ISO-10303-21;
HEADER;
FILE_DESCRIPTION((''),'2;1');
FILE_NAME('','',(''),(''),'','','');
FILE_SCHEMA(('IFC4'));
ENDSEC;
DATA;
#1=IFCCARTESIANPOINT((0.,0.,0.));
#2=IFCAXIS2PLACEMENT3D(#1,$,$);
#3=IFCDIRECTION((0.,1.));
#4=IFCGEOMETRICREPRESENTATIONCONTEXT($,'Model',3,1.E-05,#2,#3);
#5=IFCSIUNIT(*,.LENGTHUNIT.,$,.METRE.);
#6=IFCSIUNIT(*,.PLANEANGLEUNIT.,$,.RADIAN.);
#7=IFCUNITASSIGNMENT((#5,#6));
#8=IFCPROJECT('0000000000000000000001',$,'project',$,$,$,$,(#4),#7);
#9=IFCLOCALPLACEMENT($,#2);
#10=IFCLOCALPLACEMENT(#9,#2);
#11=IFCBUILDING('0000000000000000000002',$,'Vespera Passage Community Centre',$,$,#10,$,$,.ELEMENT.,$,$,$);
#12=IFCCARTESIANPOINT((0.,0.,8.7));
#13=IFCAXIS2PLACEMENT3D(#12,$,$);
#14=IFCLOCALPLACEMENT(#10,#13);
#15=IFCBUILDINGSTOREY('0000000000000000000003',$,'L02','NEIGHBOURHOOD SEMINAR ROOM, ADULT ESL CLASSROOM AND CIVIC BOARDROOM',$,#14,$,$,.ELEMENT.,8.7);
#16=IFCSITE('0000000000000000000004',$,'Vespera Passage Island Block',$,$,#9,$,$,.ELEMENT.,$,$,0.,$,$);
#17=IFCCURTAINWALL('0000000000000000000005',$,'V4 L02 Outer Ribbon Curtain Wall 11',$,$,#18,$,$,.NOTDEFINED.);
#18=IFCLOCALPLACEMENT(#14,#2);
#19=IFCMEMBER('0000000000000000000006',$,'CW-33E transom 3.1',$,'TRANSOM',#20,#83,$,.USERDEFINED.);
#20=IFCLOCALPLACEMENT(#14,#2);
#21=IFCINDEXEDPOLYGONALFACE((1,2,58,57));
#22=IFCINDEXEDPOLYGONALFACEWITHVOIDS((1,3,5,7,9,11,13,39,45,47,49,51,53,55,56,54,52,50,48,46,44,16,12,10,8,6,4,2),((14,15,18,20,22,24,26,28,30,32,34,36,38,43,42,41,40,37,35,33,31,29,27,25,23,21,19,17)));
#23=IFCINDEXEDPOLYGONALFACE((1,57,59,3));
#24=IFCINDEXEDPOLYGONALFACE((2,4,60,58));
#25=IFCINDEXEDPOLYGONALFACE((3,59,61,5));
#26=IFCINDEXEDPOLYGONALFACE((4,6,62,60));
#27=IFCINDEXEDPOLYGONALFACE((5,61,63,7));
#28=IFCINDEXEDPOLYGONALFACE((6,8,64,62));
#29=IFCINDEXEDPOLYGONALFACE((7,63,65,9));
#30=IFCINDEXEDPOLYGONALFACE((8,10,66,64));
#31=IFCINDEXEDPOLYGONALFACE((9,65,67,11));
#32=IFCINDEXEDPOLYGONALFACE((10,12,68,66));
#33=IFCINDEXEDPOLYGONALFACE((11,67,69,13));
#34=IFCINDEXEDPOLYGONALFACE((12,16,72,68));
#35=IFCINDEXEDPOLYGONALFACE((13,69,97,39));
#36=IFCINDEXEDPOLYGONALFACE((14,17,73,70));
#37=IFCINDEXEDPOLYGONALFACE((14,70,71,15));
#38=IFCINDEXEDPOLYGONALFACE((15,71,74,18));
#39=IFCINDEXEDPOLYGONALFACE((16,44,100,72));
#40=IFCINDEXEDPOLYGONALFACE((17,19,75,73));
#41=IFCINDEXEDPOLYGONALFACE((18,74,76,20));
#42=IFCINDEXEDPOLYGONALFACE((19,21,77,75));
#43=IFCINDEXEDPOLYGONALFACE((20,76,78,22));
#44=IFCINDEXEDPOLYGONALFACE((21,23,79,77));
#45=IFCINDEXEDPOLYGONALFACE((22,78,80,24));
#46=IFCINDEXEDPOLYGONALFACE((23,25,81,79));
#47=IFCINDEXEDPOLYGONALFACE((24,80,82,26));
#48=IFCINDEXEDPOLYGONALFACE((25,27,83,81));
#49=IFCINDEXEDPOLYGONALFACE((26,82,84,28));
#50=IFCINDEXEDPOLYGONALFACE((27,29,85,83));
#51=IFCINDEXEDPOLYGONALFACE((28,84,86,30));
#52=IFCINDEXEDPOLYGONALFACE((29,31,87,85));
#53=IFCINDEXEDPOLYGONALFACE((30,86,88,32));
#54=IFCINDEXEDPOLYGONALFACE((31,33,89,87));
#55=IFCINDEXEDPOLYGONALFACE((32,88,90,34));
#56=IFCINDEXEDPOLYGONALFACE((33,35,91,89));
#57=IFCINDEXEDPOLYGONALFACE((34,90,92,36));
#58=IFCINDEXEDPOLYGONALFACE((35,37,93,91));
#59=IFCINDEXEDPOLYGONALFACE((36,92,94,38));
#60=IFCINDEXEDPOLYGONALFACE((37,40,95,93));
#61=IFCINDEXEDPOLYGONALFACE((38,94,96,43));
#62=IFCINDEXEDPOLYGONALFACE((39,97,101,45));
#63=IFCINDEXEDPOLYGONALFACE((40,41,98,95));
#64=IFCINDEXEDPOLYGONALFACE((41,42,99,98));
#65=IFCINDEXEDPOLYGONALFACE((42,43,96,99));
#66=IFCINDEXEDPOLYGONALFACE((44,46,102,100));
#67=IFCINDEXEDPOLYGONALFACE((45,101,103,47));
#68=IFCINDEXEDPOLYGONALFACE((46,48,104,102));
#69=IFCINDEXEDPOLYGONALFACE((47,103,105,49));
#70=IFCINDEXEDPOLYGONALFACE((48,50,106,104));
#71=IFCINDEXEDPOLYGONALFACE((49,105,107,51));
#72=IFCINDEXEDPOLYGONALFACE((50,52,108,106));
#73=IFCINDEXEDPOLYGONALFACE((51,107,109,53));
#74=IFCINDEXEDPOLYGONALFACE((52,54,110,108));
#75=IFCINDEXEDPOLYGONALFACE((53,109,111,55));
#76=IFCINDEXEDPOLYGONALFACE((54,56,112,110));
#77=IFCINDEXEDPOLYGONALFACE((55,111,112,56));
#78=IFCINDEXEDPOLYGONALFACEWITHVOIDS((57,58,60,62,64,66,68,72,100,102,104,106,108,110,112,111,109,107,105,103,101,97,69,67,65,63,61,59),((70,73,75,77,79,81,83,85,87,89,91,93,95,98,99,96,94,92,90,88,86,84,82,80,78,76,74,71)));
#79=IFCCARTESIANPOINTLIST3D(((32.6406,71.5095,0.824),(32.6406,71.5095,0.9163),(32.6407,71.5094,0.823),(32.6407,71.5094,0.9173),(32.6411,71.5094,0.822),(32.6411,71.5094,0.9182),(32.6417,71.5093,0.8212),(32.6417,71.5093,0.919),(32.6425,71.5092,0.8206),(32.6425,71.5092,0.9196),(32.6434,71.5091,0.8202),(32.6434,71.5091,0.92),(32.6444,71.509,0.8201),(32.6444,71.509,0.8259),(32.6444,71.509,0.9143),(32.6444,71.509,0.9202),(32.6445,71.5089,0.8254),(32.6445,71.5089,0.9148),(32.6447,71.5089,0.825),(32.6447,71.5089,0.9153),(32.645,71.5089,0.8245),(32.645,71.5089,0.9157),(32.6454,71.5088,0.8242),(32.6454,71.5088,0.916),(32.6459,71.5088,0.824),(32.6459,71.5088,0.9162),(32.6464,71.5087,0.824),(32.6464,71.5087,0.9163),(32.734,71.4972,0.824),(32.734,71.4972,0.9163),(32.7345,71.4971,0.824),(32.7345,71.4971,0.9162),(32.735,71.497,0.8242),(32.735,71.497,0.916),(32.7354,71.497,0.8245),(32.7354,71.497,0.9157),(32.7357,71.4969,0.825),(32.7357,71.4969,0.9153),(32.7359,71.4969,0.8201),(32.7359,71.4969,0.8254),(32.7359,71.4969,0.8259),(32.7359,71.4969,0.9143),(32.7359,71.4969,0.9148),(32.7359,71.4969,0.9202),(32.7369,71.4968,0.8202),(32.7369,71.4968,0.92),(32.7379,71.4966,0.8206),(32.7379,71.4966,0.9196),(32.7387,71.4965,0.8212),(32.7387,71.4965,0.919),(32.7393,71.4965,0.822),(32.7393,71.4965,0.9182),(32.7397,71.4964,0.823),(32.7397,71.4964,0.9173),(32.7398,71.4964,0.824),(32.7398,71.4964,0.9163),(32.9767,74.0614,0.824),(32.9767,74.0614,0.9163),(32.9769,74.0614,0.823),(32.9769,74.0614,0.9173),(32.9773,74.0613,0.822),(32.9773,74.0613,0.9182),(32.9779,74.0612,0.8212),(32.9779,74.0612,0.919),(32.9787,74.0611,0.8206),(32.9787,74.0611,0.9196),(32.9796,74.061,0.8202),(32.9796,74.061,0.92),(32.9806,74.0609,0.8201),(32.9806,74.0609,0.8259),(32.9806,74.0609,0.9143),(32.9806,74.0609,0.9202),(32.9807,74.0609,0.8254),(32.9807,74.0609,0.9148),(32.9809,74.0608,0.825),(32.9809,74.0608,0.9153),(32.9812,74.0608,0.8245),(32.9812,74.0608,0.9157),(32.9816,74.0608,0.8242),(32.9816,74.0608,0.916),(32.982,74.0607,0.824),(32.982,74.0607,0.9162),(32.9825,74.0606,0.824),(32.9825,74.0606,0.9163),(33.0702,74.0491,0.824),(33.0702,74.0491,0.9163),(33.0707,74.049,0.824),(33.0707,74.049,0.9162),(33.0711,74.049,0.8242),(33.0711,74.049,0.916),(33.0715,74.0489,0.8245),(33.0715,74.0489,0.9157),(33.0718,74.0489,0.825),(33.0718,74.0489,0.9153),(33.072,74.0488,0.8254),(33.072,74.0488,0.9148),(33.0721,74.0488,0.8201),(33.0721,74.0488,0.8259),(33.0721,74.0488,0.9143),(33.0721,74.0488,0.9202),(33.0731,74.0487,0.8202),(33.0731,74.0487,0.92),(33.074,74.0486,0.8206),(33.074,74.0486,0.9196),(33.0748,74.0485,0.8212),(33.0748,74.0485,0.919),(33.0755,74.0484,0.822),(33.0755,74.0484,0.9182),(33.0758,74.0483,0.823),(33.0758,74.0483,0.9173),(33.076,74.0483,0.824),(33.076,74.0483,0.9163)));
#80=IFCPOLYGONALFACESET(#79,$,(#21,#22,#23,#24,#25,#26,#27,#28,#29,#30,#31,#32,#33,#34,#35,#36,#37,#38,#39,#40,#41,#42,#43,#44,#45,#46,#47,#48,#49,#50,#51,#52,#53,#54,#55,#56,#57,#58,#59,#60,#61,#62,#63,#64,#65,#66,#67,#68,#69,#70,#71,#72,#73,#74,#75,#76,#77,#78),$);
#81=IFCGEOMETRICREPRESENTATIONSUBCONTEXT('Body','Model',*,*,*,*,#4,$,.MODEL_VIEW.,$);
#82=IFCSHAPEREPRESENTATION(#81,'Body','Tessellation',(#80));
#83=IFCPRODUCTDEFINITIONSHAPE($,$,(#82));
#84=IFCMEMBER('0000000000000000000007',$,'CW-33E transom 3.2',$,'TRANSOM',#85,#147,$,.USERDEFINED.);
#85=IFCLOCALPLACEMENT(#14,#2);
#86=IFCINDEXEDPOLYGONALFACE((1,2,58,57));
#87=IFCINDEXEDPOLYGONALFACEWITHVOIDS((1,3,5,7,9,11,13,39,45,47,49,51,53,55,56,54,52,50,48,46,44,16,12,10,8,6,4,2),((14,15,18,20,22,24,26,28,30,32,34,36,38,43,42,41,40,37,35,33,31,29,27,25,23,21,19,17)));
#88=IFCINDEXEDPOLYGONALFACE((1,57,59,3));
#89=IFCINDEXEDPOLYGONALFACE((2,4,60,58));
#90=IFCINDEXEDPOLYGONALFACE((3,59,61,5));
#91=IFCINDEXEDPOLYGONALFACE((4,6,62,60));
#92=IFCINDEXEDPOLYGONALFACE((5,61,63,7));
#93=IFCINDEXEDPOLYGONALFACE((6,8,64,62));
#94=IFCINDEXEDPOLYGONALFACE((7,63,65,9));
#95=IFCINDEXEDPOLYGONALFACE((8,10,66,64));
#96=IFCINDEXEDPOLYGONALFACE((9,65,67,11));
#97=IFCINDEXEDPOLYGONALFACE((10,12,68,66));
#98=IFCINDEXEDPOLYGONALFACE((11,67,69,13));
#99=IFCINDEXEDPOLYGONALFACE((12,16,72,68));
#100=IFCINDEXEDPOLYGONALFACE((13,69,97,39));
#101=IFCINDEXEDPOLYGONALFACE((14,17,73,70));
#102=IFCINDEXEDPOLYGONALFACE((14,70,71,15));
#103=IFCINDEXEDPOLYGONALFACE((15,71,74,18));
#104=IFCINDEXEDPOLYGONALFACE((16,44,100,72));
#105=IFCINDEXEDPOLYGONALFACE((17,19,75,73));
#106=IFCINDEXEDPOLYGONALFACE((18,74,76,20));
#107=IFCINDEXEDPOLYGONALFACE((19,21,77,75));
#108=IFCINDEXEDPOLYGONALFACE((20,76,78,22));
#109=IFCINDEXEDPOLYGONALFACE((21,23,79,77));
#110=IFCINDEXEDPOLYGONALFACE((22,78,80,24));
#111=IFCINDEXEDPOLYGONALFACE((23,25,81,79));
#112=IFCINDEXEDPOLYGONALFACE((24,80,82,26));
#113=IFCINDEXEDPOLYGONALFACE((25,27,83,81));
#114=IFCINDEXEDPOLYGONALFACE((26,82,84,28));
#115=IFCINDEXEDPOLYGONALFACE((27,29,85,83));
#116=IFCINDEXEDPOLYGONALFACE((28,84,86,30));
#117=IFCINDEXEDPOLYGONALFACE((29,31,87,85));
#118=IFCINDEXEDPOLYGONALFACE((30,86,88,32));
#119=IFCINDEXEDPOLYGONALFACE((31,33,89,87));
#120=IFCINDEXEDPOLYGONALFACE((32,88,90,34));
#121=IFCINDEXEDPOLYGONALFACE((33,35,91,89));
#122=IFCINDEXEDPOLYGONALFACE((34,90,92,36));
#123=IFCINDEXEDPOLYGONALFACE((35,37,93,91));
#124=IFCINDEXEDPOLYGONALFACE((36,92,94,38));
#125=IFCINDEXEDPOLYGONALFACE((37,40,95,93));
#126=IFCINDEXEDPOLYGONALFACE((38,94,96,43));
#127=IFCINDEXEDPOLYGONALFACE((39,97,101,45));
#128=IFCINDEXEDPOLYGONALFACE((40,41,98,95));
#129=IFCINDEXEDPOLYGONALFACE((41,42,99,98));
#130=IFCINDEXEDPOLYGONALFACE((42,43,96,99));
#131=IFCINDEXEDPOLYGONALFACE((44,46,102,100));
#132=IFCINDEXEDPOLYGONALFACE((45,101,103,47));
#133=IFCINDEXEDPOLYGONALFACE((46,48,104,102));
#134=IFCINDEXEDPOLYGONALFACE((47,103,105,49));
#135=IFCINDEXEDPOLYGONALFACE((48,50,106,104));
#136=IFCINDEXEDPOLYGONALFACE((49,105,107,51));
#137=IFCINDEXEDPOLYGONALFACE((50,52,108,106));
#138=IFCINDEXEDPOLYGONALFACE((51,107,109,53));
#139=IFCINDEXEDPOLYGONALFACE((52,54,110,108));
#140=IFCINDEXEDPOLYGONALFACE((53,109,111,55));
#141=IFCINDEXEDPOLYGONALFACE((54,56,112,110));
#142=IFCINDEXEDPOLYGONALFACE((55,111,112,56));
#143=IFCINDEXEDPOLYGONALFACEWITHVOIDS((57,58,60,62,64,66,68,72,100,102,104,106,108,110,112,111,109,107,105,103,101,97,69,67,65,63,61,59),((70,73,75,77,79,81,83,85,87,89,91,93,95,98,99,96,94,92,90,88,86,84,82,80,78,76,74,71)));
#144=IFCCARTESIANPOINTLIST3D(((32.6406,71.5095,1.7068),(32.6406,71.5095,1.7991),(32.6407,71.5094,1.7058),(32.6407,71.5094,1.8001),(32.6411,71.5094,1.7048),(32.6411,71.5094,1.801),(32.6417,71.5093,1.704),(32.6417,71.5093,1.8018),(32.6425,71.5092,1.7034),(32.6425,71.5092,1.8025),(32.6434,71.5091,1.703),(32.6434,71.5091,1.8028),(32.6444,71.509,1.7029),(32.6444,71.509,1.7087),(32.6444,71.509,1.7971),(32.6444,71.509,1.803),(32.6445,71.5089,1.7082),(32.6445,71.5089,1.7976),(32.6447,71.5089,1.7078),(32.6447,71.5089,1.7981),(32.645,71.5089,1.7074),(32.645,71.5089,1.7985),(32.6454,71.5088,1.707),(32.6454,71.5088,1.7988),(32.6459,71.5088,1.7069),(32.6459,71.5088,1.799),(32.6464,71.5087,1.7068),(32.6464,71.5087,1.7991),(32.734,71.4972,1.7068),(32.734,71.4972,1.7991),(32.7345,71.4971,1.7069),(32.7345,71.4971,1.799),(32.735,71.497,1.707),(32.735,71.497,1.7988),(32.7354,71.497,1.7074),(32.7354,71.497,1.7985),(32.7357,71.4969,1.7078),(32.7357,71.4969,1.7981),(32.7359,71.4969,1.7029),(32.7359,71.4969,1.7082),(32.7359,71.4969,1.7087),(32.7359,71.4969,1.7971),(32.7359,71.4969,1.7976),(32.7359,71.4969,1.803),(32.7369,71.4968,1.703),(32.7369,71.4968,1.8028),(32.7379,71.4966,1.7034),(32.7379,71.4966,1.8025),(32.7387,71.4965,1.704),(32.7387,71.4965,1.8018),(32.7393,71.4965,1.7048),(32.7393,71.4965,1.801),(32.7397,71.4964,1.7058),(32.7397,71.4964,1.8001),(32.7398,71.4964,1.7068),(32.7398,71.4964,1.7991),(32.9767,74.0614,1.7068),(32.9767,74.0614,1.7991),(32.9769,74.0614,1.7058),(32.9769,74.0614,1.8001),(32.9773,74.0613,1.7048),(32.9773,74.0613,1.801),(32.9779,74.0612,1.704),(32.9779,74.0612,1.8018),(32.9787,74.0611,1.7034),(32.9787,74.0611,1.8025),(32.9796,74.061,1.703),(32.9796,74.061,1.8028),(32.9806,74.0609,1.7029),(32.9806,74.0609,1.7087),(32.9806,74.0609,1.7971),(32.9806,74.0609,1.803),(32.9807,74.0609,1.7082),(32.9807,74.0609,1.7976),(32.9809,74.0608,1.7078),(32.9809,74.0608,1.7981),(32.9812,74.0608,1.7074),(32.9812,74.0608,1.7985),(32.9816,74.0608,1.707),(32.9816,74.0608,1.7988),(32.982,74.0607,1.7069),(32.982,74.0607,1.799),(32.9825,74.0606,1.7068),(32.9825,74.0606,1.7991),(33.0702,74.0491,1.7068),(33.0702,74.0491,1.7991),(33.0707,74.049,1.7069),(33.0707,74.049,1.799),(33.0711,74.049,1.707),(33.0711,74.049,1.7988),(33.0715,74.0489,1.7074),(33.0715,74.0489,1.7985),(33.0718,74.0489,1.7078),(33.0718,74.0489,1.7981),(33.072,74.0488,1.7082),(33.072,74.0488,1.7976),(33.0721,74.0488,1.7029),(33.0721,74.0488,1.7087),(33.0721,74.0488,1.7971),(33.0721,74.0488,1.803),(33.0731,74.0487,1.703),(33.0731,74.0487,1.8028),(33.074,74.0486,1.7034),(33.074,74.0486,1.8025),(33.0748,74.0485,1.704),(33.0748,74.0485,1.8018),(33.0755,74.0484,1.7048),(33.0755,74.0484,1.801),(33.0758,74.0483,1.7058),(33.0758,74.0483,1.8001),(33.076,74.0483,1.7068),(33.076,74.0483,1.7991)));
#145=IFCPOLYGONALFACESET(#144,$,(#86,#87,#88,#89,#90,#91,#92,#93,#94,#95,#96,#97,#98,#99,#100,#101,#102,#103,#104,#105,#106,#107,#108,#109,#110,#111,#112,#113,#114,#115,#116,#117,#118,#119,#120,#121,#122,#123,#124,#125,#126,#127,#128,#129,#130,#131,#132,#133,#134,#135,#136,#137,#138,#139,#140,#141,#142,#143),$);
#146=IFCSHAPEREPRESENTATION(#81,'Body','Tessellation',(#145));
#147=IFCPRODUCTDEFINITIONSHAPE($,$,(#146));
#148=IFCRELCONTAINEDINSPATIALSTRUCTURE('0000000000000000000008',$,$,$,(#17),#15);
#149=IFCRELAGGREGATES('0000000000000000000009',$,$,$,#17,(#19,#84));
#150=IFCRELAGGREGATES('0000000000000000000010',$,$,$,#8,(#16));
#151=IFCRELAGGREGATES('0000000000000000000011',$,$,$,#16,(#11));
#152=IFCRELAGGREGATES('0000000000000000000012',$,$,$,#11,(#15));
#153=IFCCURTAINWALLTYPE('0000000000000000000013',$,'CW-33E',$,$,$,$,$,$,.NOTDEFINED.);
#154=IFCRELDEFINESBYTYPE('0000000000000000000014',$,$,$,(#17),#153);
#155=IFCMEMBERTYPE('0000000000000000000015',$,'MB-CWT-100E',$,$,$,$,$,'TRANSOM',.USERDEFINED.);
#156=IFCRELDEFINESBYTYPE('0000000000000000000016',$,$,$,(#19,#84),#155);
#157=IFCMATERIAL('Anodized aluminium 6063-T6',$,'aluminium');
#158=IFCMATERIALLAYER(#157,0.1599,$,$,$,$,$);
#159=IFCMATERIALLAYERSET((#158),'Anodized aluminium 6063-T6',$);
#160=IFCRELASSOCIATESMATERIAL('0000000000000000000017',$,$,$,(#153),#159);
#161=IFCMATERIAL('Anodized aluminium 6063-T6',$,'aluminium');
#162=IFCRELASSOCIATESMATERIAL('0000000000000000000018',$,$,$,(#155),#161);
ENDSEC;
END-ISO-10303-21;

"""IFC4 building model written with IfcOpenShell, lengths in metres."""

from ifc_helpers import new_model, si_unit, direction, frame, origin, origin_2d, place, context, subcontext, project, spatial, hollow_rectangle, extrude, material, layer, layer_set, material_profile, profile_set, type_object, element, aggregate, save


model = new_model("IFC4")

# Units and contexts
model_context = context("Model", 3, precision=1e-05, world=origin(), true_north=direction((0.0, 1.0)))
body_context = subcontext(model_context, "Body", "Model", "MODEL_VIEW")
ifc_project = project(units=[si_unit("LENGTHUNIT", "METRE"), si_unit("PLANEANGLEUNIT", "RADIAN")], contexts=[model_context])

# Site, building, storey
site_placement = place(None, origin())
site = spatial("IfcSite", under=ifc_project, at=site_placement, Name="Vespera Passage Island Block", CompositionType="ELEMENT", RefElevation=0.0)
building_placement = place(site_placement, origin())
building = spatial("IfcBuilding", under=site, at=building_placement, Name="Vespera Passage Community Centre", CompositionType="ELEMENT")
storey_placement = place(building_placement, frame((0.0, 0.0, 8.7)))
storey = spatial("IfcBuildingStorey", under=building, at=storey_placement, Name="L02", Description="NEIGHBOURHOOD SEMINAR ROOM, ADULT ESL CLASSROOM AND CIVIC BOARDROOM", CompositionType="ELEMENT", Elevation=8.7)

# Curtain wall, members
ifc_material_1 = material(Name="Anodized aluminium 6063-T6", Category="aluminium")
ifc_layer_1 = layer(ifc_material_1, 0.1599)
ifc_layer_set_1 = layer_set([ifc_layer_1], Name="Anodized aluminium 6063-T6")
curtain_wall_type_1 = type_object("IfcCurtainWallType", Name="CW-33E", PredefinedType="NOTDEFINED", material=ifc_layer_set_1)
curtain_wall_1_placement = place(storey_placement, origin())
curtain_wall_1 = element("IfcCurtainWall", 1, at=curtain_wall_1_placement, inside=storey, type_object=curtain_wall_type_1, Name="V4 L02 Outer Ribbon Curtain Wall 11", PredefinedType="NOTDEFINED")
ifc_material_2 = material(Name="Anodized aluminium 6063-T6", Category="aluminium")
ifc_material_profile_1 = material_profile(ifc_material_2, hollow_rectangle(XDim=0.1001, YDim=0.1001, WallThickness=0.0039, InnerFilletRadius=0.002, OuterFilletRadius=0.0039, at=origin_2d()), Name="ALU100X100X4")
ifc_profile_set_1 = profile_set([ifc_material_profile_1], Name="Anodized aluminium 6063-T6")
member_type_1 = type_object("IfcMemberType", Name="MB-CWT-100E", ElementType="TRANSOM", PredefinedType="USERDEFINED", material=ifc_profile_set_1)
member_1_placement = place(storey_placement, frame((32.6902, 71.5029, 0.8701), z_axis=(0.130604, 0.991435, 0.0), x_axis=(-0.991435, 0.130604, 0.0)))
member_1 = element("IfcMember", 2, at=member_1_placement, type_object=member_type_1, Name="CW-33E transom 3.1", ObjectType="TRANSOM", PredefinedType="USERDEFINED", context=body_context, shape_type="SweptSolid", body=[
    extrude(hollow_rectangle(XDim=0.1001, YDim=0.1001, WallThickness=0.0039, InnerFilletRadius=0.002, OuterFilletRadius=0.0039, at=origin_2d()), origin(), (0.0, 0.0, 1.0), 2.574),
])
member_2_placement = place(storey_placement, frame((32.6902, 71.5029, 1.7529), z_axis=(0.130604, 0.991435, 0.0), x_axis=(-0.991435, 0.130604, 0.0)))
member_2 = element("IfcMember", 3, at=member_2_placement, type_object=member_type_1, Name="CW-33E transom 3.2", ObjectType="TRANSOM", PredefinedType="USERDEFINED", context=body_context, shape_type="SweptSolid", body=[
    extrude(hollow_rectangle(XDim=0.1001, YDim=0.1001, WallThickness=0.0039, InnerFilletRadius=0.002, OuterFilletRadius=0.0039, at=origin_2d()), origin(), (0.0, 0.0, 1.0), 2.574),
])

aggregate(curtain_wall_1, [member_1, member_2])

save(model, "model.ifc")
